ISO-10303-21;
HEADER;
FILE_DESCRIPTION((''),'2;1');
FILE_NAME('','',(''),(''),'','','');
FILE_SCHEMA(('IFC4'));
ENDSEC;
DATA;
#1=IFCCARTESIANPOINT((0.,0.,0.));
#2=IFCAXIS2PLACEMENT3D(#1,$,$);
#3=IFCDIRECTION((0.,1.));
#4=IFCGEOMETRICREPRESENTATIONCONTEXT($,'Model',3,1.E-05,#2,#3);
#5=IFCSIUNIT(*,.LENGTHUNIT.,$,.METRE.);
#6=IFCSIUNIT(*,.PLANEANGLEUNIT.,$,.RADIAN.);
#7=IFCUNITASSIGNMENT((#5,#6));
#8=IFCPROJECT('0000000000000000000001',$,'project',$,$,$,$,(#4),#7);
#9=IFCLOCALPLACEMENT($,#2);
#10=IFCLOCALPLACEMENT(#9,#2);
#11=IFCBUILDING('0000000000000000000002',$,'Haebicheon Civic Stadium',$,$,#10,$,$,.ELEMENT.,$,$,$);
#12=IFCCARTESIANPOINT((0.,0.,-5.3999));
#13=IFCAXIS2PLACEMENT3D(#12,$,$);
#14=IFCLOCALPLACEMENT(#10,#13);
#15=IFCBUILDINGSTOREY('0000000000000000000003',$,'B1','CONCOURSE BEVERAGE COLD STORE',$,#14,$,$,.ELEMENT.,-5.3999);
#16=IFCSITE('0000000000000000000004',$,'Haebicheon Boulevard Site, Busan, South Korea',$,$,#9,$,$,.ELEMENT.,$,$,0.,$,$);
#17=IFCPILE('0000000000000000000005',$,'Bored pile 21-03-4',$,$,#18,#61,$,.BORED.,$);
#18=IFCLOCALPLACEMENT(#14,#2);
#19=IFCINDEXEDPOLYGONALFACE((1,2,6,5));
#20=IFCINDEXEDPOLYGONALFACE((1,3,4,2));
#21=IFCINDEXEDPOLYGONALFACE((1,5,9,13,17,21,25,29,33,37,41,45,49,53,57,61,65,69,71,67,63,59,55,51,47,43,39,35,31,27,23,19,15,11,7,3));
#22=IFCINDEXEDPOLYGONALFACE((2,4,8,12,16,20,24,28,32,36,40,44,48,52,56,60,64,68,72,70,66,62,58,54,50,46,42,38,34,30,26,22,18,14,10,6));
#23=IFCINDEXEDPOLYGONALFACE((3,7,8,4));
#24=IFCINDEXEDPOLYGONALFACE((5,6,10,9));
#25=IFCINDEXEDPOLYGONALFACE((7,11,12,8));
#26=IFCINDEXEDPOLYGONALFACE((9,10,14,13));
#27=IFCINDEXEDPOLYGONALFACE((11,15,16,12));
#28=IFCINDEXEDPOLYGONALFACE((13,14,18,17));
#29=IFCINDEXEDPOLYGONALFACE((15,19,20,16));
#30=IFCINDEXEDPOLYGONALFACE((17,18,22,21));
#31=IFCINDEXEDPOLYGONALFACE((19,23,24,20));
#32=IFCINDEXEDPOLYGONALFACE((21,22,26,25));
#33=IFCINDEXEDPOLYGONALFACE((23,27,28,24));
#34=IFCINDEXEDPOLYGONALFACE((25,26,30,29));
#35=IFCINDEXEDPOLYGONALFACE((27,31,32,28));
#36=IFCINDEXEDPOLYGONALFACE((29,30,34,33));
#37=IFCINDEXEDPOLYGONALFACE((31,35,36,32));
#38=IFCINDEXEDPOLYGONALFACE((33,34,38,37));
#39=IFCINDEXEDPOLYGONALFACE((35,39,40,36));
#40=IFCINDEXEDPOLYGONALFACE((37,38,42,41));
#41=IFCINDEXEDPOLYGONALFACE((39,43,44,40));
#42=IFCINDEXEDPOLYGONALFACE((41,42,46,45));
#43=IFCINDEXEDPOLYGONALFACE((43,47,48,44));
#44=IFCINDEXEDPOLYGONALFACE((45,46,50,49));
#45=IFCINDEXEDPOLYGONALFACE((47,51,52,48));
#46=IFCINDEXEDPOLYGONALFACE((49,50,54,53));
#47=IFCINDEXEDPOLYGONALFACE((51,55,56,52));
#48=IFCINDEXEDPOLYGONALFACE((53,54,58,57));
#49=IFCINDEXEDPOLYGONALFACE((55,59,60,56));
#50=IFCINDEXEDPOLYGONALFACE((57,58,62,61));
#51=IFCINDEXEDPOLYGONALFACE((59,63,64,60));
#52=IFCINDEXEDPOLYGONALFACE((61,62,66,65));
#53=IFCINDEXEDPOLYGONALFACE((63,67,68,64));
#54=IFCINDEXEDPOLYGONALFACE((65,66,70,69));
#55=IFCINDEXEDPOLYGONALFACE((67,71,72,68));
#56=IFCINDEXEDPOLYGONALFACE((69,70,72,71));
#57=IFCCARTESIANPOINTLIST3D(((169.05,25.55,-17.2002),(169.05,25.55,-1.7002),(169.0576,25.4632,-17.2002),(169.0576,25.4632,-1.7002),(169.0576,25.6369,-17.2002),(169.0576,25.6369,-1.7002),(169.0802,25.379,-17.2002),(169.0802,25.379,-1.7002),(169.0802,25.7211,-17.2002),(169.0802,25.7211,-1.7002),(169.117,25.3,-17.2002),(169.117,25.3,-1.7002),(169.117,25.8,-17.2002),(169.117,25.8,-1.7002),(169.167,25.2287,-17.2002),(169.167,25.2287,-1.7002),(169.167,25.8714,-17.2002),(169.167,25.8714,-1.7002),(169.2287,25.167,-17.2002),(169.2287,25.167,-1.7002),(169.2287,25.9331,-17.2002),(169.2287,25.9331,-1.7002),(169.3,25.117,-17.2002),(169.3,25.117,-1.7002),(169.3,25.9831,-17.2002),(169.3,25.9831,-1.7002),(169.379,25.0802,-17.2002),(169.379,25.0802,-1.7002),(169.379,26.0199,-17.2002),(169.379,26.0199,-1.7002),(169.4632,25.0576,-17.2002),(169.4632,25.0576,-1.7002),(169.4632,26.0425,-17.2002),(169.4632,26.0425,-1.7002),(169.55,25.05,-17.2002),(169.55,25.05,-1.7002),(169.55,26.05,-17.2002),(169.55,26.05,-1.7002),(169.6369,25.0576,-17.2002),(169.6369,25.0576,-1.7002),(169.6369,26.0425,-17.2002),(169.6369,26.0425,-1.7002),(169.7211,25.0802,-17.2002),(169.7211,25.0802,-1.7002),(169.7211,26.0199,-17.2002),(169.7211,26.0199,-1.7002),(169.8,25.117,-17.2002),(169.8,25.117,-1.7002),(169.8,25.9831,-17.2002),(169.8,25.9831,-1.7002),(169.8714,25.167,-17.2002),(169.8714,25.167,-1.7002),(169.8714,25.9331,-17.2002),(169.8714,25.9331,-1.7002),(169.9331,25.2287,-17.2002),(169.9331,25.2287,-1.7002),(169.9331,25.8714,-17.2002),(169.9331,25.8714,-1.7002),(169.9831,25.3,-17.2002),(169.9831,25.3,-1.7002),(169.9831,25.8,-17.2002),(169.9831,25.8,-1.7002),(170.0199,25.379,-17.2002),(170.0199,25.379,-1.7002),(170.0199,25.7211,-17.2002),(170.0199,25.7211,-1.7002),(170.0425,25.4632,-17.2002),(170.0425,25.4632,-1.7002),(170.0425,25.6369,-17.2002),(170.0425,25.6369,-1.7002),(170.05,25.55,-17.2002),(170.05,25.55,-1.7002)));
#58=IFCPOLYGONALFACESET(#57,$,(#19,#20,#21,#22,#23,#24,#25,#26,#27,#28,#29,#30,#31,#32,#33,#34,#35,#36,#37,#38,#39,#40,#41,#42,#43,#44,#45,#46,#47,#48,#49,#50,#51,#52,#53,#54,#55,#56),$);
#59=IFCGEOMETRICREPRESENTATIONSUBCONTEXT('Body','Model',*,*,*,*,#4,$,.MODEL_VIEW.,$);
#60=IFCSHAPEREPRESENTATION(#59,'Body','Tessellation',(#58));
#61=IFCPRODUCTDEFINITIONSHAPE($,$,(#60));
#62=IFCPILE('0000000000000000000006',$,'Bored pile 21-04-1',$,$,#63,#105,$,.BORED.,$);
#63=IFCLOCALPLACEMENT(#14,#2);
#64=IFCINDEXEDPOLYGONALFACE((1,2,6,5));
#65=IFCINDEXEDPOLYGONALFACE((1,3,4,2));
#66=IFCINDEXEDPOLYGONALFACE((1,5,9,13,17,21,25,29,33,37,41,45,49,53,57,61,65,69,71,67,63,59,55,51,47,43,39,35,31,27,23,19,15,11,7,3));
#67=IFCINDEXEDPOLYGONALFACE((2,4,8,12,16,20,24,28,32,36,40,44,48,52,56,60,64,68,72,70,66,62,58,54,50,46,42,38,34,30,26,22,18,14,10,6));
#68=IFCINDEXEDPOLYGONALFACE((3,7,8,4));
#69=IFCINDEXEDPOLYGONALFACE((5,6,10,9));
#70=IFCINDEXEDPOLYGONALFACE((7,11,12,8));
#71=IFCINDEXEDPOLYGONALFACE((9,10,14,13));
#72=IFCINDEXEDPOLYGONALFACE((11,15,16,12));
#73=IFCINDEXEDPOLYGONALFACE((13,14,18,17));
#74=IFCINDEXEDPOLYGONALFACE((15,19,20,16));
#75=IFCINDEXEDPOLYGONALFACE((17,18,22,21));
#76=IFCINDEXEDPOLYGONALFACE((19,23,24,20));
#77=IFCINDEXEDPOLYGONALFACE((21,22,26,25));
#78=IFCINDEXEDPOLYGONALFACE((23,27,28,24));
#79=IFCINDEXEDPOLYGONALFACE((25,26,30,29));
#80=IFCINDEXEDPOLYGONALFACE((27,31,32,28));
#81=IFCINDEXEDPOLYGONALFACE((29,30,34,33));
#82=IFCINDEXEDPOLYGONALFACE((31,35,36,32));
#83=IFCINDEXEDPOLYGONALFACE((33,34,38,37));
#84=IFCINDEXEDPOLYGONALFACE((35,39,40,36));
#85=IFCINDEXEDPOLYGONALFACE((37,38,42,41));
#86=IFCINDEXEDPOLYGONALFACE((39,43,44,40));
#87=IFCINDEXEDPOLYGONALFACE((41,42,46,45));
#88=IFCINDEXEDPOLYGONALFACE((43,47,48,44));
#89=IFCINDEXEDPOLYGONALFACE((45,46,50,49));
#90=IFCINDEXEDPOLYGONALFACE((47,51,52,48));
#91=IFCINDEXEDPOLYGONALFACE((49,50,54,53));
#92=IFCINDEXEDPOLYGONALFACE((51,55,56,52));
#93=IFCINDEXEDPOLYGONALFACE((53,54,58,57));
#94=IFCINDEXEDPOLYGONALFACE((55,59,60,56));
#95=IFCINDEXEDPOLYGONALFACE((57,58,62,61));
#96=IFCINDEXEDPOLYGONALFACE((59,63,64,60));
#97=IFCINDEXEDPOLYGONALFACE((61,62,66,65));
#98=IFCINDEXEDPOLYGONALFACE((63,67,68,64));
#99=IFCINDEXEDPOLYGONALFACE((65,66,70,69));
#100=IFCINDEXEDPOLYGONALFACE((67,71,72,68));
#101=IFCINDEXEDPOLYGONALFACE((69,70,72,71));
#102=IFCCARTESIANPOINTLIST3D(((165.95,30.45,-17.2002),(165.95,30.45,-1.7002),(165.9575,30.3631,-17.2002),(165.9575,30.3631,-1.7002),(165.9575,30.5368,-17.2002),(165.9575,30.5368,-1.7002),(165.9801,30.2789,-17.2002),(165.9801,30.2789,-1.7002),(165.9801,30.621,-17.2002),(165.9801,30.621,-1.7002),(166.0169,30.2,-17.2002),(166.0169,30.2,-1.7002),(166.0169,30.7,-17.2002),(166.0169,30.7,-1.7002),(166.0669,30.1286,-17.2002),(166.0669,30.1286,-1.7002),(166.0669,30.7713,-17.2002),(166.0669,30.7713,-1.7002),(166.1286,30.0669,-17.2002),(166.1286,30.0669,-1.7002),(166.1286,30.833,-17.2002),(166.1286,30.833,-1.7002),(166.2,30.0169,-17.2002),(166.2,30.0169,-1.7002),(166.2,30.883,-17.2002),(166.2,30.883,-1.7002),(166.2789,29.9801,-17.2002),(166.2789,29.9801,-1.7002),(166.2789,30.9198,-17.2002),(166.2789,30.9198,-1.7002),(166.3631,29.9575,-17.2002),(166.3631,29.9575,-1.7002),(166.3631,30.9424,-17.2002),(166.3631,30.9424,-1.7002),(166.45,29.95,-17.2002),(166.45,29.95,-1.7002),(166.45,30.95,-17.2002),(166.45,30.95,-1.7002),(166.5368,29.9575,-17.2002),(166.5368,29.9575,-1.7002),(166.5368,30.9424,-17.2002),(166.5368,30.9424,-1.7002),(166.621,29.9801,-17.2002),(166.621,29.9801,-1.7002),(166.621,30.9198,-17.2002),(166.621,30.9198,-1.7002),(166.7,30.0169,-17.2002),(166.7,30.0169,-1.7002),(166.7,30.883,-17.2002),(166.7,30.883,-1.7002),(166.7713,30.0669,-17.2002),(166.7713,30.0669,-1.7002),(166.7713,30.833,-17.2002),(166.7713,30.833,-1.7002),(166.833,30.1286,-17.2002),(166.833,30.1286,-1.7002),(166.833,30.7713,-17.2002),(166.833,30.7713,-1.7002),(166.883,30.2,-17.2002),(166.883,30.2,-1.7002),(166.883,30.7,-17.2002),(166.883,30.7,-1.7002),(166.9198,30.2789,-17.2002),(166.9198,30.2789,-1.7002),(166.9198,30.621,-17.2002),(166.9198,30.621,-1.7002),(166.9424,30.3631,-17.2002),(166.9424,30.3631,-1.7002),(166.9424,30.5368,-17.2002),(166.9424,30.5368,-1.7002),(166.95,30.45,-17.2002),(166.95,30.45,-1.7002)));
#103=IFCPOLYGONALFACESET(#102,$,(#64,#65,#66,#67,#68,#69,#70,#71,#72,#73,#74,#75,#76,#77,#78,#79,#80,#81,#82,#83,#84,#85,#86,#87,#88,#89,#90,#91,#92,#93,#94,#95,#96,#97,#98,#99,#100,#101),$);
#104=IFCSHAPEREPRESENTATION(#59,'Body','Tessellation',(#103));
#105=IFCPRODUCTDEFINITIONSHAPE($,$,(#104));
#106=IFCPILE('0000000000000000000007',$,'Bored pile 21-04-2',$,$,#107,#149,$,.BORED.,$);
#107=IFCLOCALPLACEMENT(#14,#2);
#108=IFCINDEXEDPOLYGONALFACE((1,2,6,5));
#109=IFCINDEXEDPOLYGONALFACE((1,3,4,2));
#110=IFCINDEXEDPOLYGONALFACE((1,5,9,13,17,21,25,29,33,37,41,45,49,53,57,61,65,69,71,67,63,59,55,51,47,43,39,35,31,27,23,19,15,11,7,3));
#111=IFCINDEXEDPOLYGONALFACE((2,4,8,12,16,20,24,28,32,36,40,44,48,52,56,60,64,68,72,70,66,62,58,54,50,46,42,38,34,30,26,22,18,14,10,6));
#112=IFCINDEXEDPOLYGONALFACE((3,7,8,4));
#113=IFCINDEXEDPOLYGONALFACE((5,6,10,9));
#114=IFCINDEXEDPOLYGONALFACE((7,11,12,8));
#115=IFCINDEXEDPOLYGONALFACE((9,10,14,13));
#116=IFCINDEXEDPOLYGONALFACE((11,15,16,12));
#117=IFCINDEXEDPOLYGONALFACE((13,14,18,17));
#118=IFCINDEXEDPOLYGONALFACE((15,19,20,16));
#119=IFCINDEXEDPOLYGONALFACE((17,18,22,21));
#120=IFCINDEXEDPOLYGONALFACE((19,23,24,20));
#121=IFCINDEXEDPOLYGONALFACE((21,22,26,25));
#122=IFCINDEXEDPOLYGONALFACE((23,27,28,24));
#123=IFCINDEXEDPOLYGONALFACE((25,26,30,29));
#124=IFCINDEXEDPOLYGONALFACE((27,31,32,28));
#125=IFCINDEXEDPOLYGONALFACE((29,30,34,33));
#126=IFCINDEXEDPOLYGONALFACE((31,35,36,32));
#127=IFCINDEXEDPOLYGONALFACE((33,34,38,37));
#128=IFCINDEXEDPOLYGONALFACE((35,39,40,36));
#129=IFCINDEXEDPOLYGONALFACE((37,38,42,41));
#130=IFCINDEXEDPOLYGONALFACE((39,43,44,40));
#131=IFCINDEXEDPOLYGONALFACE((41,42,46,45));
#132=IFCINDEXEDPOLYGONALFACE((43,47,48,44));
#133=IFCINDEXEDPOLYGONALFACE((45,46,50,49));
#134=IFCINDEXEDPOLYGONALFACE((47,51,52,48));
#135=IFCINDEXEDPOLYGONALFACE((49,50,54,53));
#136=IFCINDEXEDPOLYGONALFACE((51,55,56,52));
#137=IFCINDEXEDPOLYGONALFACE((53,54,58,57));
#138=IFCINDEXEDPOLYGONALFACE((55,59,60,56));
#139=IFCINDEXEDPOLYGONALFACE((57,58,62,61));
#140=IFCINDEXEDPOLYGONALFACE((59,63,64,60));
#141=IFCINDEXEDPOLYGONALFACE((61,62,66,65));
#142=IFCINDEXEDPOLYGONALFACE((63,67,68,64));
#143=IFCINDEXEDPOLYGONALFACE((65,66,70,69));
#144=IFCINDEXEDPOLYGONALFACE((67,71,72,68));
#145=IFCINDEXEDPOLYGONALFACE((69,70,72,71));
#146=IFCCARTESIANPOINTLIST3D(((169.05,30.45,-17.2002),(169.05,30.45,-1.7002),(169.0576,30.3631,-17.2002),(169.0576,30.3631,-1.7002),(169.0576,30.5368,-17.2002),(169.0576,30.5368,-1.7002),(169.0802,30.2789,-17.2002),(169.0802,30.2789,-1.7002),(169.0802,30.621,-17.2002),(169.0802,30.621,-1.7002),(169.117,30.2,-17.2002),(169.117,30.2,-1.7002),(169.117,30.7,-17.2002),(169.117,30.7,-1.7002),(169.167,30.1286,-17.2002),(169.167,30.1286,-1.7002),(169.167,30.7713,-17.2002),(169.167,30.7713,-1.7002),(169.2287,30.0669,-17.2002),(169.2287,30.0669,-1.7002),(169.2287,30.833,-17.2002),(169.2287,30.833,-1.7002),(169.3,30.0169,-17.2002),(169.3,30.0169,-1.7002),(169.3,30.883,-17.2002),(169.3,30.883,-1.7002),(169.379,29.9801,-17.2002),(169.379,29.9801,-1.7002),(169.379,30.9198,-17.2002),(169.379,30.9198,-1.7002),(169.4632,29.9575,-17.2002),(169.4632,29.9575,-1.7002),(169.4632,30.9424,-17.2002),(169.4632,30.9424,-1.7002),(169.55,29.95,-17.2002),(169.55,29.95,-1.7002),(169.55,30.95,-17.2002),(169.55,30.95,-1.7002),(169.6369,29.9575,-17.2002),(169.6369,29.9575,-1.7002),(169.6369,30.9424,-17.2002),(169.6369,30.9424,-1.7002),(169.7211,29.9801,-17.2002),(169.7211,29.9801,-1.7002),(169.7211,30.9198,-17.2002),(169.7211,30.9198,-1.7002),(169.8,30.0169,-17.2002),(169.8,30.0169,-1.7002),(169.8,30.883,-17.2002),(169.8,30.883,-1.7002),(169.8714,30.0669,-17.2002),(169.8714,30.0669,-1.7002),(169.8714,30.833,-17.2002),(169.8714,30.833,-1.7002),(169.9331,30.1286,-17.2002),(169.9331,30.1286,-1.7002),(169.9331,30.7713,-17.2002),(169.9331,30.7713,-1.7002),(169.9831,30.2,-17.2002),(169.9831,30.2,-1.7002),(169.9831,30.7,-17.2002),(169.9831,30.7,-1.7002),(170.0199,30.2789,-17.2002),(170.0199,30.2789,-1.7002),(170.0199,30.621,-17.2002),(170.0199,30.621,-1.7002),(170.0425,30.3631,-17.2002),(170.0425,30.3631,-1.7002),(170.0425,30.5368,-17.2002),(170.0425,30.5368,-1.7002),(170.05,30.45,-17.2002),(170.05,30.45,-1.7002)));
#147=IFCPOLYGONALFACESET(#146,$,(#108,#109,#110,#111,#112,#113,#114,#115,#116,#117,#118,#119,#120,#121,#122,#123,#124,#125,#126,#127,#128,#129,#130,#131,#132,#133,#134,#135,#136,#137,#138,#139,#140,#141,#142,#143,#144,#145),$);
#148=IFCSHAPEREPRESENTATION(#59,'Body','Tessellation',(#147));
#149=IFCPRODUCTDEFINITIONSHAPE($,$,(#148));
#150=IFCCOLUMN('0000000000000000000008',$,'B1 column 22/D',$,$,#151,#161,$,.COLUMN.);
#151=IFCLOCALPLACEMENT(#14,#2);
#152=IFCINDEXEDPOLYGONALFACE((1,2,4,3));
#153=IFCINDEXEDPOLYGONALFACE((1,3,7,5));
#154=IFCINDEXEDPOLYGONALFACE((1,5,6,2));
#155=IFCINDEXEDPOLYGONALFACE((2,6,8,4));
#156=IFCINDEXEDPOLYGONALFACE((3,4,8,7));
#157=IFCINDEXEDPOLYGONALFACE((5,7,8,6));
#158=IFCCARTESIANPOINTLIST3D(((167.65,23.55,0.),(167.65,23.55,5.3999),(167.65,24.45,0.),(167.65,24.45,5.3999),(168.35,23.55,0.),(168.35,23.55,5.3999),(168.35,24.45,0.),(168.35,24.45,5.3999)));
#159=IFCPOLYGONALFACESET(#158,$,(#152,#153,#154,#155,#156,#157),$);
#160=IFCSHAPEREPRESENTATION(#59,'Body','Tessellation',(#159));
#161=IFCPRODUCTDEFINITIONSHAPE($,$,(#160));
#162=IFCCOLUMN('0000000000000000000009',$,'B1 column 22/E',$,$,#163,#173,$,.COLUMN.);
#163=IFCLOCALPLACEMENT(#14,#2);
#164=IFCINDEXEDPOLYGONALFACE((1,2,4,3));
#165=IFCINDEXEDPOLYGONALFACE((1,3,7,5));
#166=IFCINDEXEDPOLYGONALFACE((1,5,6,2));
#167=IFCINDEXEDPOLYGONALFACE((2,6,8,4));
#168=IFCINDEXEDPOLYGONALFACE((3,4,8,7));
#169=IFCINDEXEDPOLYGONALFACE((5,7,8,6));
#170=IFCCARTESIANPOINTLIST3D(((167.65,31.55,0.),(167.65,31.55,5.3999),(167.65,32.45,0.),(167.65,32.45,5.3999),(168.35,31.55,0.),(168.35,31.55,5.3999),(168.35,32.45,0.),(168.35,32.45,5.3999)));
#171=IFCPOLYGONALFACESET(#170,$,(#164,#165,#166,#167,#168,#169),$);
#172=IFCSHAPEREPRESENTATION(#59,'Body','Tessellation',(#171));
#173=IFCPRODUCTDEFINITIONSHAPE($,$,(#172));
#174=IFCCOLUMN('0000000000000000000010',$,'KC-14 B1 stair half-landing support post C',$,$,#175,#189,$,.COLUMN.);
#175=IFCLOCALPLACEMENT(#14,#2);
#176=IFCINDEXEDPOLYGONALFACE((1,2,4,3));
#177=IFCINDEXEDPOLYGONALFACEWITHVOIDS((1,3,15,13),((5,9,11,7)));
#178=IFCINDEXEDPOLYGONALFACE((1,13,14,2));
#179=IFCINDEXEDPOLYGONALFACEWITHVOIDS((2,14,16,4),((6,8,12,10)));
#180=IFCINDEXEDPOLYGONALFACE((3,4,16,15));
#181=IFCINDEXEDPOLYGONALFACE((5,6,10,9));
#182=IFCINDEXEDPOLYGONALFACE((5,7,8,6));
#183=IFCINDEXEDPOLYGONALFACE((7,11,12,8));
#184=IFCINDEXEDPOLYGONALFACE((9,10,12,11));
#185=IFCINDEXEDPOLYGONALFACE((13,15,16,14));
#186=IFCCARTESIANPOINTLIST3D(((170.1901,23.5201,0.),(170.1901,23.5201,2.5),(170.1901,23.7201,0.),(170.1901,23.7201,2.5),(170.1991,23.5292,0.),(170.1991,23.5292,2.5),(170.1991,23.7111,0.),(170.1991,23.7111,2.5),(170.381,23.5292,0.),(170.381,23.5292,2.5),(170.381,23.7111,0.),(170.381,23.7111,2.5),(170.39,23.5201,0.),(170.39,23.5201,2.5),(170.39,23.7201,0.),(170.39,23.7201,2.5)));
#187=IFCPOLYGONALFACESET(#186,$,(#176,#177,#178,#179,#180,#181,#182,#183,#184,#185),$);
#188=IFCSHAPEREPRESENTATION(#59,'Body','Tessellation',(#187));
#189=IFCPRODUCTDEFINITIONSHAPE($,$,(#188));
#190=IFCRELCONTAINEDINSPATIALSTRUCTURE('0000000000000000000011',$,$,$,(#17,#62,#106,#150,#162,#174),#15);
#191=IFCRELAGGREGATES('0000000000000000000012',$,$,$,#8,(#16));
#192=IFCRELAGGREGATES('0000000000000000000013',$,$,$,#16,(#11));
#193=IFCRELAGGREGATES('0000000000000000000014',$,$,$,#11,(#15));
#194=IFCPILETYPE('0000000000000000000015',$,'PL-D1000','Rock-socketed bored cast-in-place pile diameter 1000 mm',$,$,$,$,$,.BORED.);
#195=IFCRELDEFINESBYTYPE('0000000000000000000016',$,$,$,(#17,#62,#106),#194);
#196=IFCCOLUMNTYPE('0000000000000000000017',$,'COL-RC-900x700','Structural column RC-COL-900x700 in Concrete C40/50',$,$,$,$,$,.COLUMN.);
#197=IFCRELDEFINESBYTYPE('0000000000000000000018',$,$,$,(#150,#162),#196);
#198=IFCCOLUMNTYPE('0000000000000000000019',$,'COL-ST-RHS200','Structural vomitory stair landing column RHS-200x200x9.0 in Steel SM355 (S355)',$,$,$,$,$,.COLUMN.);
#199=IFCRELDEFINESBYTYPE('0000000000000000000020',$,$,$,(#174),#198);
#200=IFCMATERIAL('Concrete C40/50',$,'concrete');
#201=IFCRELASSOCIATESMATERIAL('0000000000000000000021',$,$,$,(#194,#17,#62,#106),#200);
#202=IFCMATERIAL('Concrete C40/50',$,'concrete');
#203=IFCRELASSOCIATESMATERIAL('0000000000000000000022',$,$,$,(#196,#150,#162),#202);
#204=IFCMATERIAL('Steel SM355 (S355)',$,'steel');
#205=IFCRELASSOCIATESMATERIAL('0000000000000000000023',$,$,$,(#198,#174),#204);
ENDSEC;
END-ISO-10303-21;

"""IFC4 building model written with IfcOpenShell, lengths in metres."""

from ifc_helpers import new_model, si_unit, direction, frame, origin, origin_2d, place, context, subcontext, project, spatial, rectangle, hollow_rectangle, circle, extrude, material, material_profile, profile_set, type_object, element, save


model = new_model("IFC4")

# Units and contexts
model_context = context("Model", 3, precision=1e-05, world=origin(), true_north=direction((0.0, 1.0)))
body_context = subcontext(model_context, "Body", "Model", "MODEL_VIEW")
ifc_project = project(units=[si_unit("LENGTHUNIT", "METRE"), si_unit("PLANEANGLEUNIT", "RADIAN")], contexts=[model_context])

# Site, building, storey
site_placement = place(None, origin())
site = spatial("IfcSite", under=ifc_project, at=site_placement, Name="Haebicheon Boulevard Site, Busan, South Korea", CompositionType="ELEMENT", RefElevation=0.0)
building_placement = place(site_placement, origin())
building = spatial("IfcBuilding", under=site, at=building_placement, Name="Haebicheon Civic Stadium", CompositionType="ELEMENT")
storey_placement = place(building_placement, frame((0.0, 0.0, -5.3999)))
storey = spatial("IfcBuildingStorey", under=building, at=storey_placement, Name="B1", Description="CONCOURSE BEVERAGE COLD STORE", CompositionType="ELEMENT", Elevation=-5.3999)

# Piles
ifc_material_1 = material(Name="Concrete C40/50", Category="concrete")
ifc_material_profile_1 = material_profile(ifc_material_1, circle(Radius=0.5, at=origin_2d()), Name="PILE-D1000")
ifc_profile_set_1 = profile_set([ifc_material_profile_1], Name="Concrete C40/50")
pile_type = type_object("IfcPileType", Name="PL-D1000", Description="Rock-socketed bored cast-in-place pile diameter 1000 mm", PredefinedType="BORED", material=ifc_profile_set_1)
for number, where, z_axis, x_axis, name in (
    (1, (169.55, 25.55, -1.7002), (0.0, 0.0, -1.0), (1.0, 0.0, 0.0), "Bored pile 21-03-4"),
    (2, (166.45, 30.45, -1.7002), (0.0, 0.0, -1.0), (1.0, 0.0, 0.0), "Bored pile 21-04-1"),
    (3, (169.55, 30.45, -1.7002), (0.0, 0.0, -1.0), (1.0, 0.0, 0.0), "Bored pile 21-04-2"),
):
    element("IfcPile", number, at=place(storey_placement, frame(where, z_axis=z_axis, x_axis=x_axis)), inside=storey, type_object=pile_type, material=ifc_profile_set_1, Name=name, PredefinedType="BORED", context=body_context, shape_type="SweptSolid", body=[
        extrude(circle(Radius=0.5, at=origin_2d()), origin(), (0.0, 0.0, 1.0), 15.5),
    ])

# Columns
ifc_material_2 = material(Name="Concrete C40/50", Category="concrete")
ifc_material_profile_2 = material_profile(ifc_material_2, rectangle(XDim=0.7, YDim=0.8999, at=origin_2d()), Name="RC-COL-900x700")
ifc_profile_set_2 = profile_set([ifc_material_profile_2], Name="Concrete C40/50")
column_type_1 = type_object("IfcColumnType", Name="COL-RC-900x700", Description="Structural column RC-COL-900x700 in Concrete C40/50", PredefinedType="COLUMN", material=ifc_profile_set_2)
for number, where, z_axis, x_axis, name in (
    (4, (168.0, 24.0, 0.0), (0.0, 0.0, 1.0), (1.0, 0.0, 0.0), "B1 column 22/D"),
    (5, (168.0, 32.0, 0.0), (0.0, 0.0, 1.0), (1.0, 0.0, 0.0), "B1 column 22/E"),
):
    element("IfcColumn", number, at=place(storey_placement, frame(where, z_axis=z_axis, x_axis=x_axis)), inside=storey, type_object=column_type_1, material=ifc_profile_set_2, Name=name, PredefinedType="COLUMN", context=body_context, shape_type="SweptSolid", body=[
        extrude(rectangle(XDim=0.7, YDim=0.8999, at=origin_2d()), origin(), (0.0, 0.0, 1.0), 5.3999),
    ])
ifc_material_3 = material(Name="Steel SM355 (S355)", Category="steel")
ifc_material_profile_3 = material_profile(ifc_material_3, hollow_rectangle(XDim=0.2, YDim=0.2, WallThickness=0.009, at=origin_2d()), Name="RHS-200x200x9.0")
ifc_profile_set_3 = profile_set([ifc_material_profile_3], Name="Steel SM355 (S355)")
column_type_2 = type_object("IfcColumnType", Name="COL-ST-RHS200", Description="Structural vomitory stair landing column RHS-200x200x9.0 in Steel SM355 (S355)", PredefinedType="COLUMN", material=ifc_profile_set_3)
column_placement = place(storey_placement, frame((170.29, 23.6201, 0.0), z_axis=(0.0, 0.0, 1.0), x_axis=(1.0, 0.0, 0.0)))
element("IfcColumn", 6, at=column_placement, inside=storey, type_object=column_type_2, material=ifc_profile_set_3, Name="KC-14 B1 stair half-landing support post C", PredefinedType="COLUMN", context=body_context, shape_type="SweptSolid", body=[
    extrude(hollow_rectangle(XDim=0.2, YDim=0.2, WallThickness=0.009, at=origin_2d()), origin(), (0.0, 0.0, 1.0), 2.5),
])

save(model, "model.ifc")
